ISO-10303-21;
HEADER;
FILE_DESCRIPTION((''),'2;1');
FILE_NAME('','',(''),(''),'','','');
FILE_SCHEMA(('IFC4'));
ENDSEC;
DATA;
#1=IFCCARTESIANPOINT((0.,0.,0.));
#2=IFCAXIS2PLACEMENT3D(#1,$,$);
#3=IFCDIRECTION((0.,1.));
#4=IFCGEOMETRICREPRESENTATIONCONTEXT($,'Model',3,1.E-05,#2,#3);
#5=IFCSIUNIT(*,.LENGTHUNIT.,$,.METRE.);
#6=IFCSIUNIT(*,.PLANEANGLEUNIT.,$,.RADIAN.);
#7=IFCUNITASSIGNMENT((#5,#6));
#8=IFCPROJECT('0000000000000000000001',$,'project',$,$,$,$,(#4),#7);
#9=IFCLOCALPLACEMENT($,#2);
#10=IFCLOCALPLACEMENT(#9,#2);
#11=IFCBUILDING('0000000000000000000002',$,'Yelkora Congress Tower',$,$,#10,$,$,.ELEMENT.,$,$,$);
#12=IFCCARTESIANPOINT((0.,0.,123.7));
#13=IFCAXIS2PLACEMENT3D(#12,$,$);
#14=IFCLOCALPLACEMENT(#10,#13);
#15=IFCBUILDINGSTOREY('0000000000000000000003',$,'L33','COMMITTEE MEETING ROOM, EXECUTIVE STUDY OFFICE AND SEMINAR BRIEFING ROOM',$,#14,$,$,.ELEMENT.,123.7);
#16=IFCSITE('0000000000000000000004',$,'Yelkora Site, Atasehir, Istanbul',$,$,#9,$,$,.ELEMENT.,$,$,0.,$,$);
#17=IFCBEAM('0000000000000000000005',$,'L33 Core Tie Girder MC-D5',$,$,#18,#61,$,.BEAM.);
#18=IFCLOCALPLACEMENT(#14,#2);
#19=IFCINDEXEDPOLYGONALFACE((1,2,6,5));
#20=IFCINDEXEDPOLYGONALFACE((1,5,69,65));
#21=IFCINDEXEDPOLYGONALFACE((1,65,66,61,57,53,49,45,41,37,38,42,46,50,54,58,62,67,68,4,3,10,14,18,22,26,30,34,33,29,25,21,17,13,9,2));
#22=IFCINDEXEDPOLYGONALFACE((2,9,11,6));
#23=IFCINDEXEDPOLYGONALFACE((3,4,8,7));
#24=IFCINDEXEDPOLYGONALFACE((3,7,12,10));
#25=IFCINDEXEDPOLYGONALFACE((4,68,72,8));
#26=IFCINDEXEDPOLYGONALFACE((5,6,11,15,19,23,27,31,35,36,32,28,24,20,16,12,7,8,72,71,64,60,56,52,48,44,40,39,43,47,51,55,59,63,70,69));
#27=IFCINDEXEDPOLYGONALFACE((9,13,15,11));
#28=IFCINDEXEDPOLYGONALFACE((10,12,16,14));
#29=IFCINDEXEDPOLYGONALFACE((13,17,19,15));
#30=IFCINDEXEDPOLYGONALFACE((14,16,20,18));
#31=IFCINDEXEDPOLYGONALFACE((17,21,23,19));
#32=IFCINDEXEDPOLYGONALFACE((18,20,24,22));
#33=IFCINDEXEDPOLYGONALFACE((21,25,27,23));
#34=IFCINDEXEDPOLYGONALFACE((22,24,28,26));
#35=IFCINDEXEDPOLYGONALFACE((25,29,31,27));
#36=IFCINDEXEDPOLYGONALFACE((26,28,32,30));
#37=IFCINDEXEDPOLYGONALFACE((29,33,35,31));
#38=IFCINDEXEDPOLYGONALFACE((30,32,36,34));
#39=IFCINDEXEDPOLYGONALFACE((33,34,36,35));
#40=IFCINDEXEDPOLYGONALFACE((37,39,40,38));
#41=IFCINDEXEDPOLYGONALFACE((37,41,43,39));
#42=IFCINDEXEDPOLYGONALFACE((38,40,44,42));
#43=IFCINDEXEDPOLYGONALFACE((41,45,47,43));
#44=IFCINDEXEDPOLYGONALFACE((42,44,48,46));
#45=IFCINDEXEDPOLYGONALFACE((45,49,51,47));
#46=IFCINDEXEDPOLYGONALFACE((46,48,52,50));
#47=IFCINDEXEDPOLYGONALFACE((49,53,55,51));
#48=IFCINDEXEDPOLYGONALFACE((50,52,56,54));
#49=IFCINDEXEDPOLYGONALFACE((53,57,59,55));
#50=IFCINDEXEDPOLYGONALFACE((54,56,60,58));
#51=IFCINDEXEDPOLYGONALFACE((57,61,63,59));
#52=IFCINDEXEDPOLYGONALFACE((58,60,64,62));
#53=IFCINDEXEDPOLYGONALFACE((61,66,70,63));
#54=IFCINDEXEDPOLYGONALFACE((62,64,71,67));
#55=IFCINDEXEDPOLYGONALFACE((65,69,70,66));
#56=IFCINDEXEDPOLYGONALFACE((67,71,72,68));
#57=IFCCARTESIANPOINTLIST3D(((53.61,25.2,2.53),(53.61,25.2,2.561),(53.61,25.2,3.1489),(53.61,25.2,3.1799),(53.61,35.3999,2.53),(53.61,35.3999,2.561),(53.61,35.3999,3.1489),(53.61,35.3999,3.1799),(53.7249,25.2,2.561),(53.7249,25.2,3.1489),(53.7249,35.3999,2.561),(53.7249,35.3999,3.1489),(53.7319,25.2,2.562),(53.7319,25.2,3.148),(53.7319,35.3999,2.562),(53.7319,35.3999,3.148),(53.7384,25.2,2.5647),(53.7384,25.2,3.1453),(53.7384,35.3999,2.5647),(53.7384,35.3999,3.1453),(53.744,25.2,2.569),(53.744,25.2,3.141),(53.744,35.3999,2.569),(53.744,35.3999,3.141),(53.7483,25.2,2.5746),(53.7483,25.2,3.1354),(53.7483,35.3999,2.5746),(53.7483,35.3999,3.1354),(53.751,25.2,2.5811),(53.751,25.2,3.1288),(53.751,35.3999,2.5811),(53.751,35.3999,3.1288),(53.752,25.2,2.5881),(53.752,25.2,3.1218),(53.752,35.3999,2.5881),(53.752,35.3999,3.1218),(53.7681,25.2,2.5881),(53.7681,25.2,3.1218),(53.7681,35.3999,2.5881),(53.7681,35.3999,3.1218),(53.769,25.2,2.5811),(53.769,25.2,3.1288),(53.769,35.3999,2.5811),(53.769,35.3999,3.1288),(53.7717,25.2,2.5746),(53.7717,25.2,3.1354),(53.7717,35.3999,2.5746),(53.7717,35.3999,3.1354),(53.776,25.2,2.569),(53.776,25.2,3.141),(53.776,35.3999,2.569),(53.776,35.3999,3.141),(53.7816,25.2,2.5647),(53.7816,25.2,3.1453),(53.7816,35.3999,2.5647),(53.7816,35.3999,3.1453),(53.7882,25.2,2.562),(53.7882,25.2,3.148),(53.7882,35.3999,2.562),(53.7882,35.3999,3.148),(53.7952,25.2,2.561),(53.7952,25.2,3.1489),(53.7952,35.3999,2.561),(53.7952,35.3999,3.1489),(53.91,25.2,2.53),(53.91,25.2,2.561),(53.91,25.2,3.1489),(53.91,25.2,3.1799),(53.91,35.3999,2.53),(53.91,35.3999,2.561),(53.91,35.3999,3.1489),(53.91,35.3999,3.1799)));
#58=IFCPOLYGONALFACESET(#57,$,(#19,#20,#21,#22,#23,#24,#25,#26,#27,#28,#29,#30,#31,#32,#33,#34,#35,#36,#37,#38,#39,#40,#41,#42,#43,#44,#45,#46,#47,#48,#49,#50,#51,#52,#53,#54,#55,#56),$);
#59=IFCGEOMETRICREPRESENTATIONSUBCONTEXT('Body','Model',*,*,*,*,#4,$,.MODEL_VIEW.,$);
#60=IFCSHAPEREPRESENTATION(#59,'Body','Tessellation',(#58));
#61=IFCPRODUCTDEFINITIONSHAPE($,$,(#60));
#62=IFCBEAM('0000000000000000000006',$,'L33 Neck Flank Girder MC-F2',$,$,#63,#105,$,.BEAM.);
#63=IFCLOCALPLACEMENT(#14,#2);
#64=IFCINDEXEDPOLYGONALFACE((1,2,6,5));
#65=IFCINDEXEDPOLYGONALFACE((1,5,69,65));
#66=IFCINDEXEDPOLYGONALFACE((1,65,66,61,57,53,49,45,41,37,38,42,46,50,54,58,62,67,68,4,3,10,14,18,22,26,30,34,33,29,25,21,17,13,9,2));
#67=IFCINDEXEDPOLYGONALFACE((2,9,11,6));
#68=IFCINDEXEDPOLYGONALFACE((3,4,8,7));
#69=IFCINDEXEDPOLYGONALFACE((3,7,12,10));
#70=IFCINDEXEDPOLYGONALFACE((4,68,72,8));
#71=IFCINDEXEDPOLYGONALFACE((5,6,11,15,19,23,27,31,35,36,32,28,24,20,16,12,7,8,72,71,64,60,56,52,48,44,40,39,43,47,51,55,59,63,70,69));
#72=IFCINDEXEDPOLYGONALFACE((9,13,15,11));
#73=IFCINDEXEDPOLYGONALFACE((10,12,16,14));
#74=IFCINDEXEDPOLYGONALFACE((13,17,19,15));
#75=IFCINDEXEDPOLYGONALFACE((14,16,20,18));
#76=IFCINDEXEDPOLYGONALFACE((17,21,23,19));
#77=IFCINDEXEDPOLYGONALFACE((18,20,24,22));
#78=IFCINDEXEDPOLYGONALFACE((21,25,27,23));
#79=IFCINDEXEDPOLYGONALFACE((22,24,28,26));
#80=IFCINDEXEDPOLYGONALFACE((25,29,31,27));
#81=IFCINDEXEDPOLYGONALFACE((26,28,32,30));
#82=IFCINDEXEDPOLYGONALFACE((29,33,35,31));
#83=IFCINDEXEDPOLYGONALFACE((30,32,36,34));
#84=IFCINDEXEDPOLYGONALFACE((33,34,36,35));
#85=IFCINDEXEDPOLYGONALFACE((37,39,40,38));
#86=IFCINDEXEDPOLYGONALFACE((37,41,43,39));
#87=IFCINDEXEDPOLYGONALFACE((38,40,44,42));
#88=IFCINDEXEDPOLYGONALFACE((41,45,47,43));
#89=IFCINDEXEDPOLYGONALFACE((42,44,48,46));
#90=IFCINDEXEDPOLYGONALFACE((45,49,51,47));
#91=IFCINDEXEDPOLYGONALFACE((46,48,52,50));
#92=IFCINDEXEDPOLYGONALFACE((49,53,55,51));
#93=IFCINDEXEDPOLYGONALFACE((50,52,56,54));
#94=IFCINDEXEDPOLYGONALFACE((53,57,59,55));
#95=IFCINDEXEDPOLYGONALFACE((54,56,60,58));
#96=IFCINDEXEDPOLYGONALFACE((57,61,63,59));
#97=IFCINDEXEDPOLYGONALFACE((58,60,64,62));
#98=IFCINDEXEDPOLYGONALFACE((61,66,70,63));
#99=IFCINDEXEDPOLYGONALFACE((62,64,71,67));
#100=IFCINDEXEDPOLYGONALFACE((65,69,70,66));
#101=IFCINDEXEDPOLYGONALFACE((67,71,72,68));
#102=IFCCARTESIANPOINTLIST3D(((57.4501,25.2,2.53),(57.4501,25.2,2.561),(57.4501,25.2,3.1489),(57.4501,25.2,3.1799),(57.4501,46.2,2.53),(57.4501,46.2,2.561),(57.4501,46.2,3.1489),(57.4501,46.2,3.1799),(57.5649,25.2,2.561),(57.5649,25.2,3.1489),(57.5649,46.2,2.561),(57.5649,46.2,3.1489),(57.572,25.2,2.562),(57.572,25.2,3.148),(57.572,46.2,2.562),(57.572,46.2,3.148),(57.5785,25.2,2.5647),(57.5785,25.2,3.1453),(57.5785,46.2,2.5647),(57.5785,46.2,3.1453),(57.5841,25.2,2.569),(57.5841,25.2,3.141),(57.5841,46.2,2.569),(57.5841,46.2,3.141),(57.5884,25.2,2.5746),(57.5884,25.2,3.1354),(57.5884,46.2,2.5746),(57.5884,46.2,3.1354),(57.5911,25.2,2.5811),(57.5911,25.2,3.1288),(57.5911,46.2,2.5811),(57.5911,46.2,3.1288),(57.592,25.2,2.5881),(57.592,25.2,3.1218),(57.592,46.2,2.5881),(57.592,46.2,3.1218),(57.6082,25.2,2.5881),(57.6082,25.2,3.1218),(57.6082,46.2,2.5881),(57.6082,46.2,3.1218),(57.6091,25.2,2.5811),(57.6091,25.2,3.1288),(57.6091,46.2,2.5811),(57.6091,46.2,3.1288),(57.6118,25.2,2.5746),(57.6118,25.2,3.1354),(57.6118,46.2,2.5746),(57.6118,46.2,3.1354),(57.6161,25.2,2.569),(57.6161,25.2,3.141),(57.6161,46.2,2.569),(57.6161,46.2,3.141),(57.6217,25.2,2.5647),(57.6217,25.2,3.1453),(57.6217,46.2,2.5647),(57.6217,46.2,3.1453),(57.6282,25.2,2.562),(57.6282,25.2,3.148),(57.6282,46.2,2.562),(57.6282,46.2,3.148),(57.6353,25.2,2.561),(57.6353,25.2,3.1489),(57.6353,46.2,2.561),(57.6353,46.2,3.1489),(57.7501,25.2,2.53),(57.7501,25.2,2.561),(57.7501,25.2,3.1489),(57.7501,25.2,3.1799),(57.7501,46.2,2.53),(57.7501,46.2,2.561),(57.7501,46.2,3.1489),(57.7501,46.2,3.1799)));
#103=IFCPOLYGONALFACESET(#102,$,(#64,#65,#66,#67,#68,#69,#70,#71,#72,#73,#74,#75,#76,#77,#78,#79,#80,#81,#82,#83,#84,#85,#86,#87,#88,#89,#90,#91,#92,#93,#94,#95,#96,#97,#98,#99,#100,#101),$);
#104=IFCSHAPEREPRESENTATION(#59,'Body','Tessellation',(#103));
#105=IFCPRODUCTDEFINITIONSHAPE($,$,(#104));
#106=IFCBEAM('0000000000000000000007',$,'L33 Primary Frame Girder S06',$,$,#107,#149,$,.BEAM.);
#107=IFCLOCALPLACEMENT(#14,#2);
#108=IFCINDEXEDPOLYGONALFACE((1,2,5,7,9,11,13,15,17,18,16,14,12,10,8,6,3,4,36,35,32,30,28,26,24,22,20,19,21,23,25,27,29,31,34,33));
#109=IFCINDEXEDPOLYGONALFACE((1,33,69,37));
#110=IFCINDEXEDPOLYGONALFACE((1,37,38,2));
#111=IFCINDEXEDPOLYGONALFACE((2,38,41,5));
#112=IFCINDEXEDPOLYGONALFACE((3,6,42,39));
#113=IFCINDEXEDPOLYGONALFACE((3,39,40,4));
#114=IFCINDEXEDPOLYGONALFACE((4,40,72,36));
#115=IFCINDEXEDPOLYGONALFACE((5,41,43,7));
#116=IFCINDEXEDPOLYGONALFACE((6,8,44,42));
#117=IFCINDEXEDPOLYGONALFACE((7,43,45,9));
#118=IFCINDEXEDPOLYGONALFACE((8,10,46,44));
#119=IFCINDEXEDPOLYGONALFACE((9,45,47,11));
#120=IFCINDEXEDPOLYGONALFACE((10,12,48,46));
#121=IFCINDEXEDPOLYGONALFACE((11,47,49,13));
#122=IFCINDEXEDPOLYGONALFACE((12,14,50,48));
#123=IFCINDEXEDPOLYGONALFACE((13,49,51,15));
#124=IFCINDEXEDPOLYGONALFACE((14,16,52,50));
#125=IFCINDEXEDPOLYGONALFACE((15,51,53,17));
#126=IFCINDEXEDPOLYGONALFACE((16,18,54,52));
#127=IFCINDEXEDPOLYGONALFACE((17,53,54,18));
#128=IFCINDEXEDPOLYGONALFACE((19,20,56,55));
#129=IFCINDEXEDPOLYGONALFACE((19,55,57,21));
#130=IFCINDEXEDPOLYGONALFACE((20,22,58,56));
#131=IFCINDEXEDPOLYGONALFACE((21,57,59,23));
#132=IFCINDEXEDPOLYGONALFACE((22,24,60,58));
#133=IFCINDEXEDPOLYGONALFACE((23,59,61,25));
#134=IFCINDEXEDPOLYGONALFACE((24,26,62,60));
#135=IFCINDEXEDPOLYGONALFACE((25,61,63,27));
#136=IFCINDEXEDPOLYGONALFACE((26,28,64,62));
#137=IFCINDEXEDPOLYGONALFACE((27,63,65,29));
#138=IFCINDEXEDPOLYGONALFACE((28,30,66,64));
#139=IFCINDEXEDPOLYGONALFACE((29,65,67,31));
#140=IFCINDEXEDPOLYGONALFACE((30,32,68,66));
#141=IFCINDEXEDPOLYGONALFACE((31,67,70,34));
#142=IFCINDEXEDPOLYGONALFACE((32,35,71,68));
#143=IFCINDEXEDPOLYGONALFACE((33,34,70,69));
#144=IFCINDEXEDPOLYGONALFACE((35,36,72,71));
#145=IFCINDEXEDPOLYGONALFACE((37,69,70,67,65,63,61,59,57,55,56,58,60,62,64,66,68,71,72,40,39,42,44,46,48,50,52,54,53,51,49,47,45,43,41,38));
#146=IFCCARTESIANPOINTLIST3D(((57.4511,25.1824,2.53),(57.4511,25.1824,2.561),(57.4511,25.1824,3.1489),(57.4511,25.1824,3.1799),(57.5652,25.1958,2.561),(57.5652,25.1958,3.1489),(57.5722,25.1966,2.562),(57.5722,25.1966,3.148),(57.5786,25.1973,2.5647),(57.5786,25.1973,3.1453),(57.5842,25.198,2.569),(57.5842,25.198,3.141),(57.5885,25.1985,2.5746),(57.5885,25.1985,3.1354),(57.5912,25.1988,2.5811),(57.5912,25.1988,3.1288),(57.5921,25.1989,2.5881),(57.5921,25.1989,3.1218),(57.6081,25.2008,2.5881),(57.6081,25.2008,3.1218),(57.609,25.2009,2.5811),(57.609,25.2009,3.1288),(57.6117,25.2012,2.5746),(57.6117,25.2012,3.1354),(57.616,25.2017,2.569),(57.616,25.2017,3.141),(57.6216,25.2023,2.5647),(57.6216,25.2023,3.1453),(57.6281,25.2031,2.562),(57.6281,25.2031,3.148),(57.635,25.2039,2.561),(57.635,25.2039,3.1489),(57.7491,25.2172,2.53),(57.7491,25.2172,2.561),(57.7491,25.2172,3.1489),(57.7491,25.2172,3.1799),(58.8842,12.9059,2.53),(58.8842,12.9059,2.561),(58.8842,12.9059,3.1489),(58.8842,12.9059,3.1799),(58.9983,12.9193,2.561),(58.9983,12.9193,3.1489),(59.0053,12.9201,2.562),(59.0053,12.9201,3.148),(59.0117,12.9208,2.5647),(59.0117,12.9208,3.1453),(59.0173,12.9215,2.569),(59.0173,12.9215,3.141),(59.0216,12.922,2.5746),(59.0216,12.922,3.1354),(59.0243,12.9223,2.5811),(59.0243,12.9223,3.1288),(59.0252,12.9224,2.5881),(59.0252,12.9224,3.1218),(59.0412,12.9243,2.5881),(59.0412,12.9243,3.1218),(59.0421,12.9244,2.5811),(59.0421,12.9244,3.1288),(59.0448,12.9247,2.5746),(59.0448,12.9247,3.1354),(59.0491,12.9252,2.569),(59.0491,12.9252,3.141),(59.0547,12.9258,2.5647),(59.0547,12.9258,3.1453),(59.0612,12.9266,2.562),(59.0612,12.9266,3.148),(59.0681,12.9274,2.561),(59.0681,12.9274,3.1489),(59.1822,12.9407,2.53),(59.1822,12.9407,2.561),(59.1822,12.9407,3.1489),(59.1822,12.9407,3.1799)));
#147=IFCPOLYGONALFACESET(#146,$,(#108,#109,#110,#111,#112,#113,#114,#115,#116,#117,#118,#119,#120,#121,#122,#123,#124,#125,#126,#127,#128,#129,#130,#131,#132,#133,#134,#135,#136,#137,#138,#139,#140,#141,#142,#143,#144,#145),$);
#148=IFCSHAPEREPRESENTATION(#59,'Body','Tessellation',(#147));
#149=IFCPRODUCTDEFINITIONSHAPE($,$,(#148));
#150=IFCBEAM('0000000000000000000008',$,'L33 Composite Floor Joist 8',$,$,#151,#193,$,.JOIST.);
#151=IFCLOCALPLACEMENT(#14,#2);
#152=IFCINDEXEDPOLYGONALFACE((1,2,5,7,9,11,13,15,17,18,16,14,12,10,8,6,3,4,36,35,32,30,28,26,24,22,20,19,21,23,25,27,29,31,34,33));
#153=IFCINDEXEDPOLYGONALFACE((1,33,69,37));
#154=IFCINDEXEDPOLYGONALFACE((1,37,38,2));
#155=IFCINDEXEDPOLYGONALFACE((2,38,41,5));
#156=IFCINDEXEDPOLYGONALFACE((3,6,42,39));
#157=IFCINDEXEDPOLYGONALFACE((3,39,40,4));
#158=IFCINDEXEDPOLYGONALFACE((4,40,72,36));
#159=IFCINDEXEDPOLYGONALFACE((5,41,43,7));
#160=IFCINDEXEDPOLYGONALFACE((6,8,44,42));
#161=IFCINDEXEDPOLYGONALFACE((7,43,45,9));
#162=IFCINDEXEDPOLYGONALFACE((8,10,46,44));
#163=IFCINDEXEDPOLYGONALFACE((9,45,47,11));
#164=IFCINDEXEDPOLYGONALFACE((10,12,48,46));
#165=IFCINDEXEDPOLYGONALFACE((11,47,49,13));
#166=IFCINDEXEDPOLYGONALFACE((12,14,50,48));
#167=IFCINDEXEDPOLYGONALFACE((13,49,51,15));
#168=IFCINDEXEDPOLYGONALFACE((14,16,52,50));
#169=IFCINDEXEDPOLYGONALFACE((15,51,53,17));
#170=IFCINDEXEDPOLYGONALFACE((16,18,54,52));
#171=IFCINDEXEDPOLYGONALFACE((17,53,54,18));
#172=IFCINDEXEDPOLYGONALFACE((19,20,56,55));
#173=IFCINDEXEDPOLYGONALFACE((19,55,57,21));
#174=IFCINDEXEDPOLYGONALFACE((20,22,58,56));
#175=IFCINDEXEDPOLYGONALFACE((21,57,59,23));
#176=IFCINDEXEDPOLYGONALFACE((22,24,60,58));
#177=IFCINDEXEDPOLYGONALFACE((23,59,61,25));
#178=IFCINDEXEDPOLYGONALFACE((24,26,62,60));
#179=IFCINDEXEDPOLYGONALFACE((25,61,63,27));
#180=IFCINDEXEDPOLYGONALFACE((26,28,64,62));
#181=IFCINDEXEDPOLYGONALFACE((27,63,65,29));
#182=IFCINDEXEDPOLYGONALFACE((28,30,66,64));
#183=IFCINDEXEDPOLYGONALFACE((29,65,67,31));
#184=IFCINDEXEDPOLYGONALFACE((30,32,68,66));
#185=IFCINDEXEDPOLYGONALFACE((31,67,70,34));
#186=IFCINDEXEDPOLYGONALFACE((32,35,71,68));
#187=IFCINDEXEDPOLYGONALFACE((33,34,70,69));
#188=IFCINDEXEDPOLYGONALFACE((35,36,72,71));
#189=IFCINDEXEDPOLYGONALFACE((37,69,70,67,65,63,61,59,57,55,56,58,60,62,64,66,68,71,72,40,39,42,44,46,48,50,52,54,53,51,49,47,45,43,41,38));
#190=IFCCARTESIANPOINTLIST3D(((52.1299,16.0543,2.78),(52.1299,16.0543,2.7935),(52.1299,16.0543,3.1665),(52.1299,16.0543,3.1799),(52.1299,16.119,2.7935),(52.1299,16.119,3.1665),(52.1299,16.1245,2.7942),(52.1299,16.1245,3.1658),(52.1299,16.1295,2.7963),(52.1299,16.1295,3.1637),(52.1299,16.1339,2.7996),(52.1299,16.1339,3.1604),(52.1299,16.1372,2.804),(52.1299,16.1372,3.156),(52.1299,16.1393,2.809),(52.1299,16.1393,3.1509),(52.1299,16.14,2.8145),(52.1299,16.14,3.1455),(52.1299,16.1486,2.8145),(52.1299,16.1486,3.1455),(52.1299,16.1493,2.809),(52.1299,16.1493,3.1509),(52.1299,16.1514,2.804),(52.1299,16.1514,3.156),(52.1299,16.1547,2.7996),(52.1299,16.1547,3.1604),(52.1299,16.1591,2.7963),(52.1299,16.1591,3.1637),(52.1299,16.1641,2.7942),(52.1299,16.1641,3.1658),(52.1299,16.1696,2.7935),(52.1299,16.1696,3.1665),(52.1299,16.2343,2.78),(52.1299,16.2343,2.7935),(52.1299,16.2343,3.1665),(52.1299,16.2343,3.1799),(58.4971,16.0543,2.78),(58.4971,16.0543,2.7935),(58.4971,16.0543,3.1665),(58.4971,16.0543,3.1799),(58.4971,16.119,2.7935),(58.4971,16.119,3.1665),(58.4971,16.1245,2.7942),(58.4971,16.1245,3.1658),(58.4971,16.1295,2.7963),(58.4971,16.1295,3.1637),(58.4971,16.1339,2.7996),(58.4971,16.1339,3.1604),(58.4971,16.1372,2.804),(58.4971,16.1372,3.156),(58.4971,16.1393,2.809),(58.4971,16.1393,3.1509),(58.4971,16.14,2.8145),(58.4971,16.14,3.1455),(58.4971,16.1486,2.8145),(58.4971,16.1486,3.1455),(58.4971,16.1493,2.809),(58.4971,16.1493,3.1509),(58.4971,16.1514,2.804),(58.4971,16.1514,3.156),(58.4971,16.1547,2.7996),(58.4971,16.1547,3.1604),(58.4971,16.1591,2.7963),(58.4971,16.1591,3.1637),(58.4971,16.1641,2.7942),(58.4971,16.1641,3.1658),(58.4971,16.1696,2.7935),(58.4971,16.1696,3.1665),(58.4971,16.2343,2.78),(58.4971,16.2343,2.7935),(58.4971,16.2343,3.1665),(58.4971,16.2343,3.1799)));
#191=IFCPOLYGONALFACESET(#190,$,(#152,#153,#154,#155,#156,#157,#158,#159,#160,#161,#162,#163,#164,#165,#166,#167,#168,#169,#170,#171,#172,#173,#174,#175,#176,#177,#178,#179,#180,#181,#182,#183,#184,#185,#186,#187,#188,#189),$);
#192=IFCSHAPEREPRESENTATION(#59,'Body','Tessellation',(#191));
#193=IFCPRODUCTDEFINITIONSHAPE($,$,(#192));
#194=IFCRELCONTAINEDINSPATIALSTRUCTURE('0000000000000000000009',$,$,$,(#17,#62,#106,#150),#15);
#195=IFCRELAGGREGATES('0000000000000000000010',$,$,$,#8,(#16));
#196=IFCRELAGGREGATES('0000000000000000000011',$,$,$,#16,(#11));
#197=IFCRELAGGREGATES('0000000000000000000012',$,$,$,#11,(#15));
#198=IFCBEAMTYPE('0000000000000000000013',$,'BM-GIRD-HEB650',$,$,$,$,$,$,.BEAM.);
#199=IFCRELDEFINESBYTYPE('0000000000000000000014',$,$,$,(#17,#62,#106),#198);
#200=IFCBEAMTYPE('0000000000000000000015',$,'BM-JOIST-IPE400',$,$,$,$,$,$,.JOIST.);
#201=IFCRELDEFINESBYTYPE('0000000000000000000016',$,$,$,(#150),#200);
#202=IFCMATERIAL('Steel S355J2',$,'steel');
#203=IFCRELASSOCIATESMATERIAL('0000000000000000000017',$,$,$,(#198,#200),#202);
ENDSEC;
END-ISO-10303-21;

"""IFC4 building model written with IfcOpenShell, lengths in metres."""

from ifc_helpers import new_model, si_unit, direction, frame, origin, origin_2d, place, context, subcontext, project, spatial, i_section, extrude, material, material_profile, profile_set, type_object, element, save


model = new_model("IFC4")

# Units and contexts
model_context = context("Model", 3, precision=1e-05, world=origin(), true_north=direction((0.0, 1.0)))
body_context = subcontext(model_context, "Body", "Model", "MODEL_VIEW")
ifc_project = project(units=[si_unit("LENGTHUNIT", "METRE"), si_unit("PLANEANGLEUNIT", "RADIAN")], contexts=[model_context])

# Site, building, storey
site_placement = place(None, origin())
site = spatial("IfcSite", under=ifc_project, at=site_placement, Name="Yelkora Site, Atasehir, Istanbul", CompositionType="ELEMENT", RefElevation=0.0)
building_placement = place(site_placement, origin())
building = spatial("IfcBuilding", under=site, at=building_placement, Name="Yelkora Congress Tower", CompositionType="ELEMENT")
storey_placement = place(building_placement, frame((0.0, 0.0, 123.7)))
storey = spatial("IfcBuildingStorey", under=building, at=storey_placement, Name="L33", Description="COMMITTEE MEETING ROOM, EXECUTIVE STUDY OFFICE AND SEMINAR BRIEFING ROOM", CompositionType="ELEMENT", Elevation=123.7)

# Beams
ifc_material_1 = material(Name="Steel S355J2", Category="steel")
ifc_material_profile_1 = material_profile(ifc_material_1, i_section(OverallWidth=0.3, OverallDepth=0.6499, WebThickness=0.0161, FlangeThickness=0.031, FilletRadius=0.0271, at=origin_2d()), Name="HEB 650")
ifc_profile_set_1 = profile_set([ifc_material_profile_1], Name="Steel S355J2")
beam_type_1 = type_object("IfcBeamType", Name="BM-GIRD-HEB650", PredefinedType="BEAM", material=ifc_profile_set_1)
beam_1_placement = place(storey_placement, frame((53.76, 25.2, 2.855), z_axis=(0.0, 1.0, 0.0), x_axis=(-1.0, 0.0, 0.0)))
element("IfcBeam", 1, at=beam_1_placement, inside=storey, type_object=beam_type_1, Name="L33 Core Tie Girder MC-D5", PredefinedType="BEAM", context=body_context, shape_type="SweptSolid", body=[
    extrude(i_section(OverallWidth=0.3, OverallDepth=0.6499, WebThickness=0.0161, FlangeThickness=0.031, FilletRadius=0.0271, at=origin_2d()), origin(), (0.0, 0.0, 1.0), 10.2),
])
beam_2_placement = place(storey_placement, frame((57.6001, 25.2, 2.855), z_axis=(0.0, 1.0, 0.0), x_axis=(-1.0, 0.0, 0.0)))
element("IfcBeam", 2, at=beam_2_placement, inside=storey, type_object=beam_type_1, Name="L33 Neck Flank Girder MC-F2", PredefinedType="BEAM", context=body_context, shape_type="SweptSolid", body=[
    extrude(i_section(OverallWidth=0.3, OverallDepth=0.6499, WebThickness=0.0161, FlangeThickness=0.031, FilletRadius=0.0271, at=origin_2d()), origin(), (0.0, 0.0, 1.0), 21.0),
])
beam_3_placement = place(storey_placement, frame((59.0332, 12.9233, 2.855), z_axis=(-0.115947, 0.993255, 0.0), x_axis=(-0.993255, -0.115947, 0.0)))
element("IfcBeam", 3, at=beam_3_placement, inside=storey, type_object=beam_type_1, Name="L33 Primary Frame Girder S06", PredefinedType="BEAM", context=body_context, shape_type="SweptSolid", body=[
    extrude(i_section(OverallWidth=0.3, OverallDepth=0.6499, WebThickness=0.0161, FlangeThickness=0.031, FilletRadius=0.0271, at=origin_2d()), origin(), (0.0, 0.0, 1.0), 12.3599),
])
ifc_material_profile_2 = material_profile(ifc_material_1, i_section(OverallWidth=0.1799, OverallDepth=0.3999, WebThickness=0.0085, FlangeThickness=0.0134, FilletRadius=0.021, at=origin_2d()), Name="IPE 400")
ifc_profile_set_2 = profile_set([ifc_material_profile_2], Name="Steel S355J2")
beam_type_2 = type_object("IfcBeamType", Name="BM-JOIST-IPE400", PredefinedType="JOIST", material=ifc_profile_set_2)
beam_4_placement = place(storey_placement, frame((52.1299, 16.1443, 2.98), z_axis=(1.0, 0.0, 0.0), x_axis=(0.0, 1.0, 0.0)))
element("IfcBeam", 4, at=beam_4_placement, inside=storey, type_object=beam_type_2, Name="L33 Composite Floor Joist 8", PredefinedType="JOIST", context=body_context, shape_type="SweptSolid", body=[
    extrude(i_section(OverallWidth=0.1799, OverallDepth=0.3999, WebThickness=0.0085, FlangeThickness=0.0134, FilletRadius=0.021, at=origin_2d()), origin(), (0.0, 0.0, 1.0), 6.3672),
])

save(model, "model.ifc")
